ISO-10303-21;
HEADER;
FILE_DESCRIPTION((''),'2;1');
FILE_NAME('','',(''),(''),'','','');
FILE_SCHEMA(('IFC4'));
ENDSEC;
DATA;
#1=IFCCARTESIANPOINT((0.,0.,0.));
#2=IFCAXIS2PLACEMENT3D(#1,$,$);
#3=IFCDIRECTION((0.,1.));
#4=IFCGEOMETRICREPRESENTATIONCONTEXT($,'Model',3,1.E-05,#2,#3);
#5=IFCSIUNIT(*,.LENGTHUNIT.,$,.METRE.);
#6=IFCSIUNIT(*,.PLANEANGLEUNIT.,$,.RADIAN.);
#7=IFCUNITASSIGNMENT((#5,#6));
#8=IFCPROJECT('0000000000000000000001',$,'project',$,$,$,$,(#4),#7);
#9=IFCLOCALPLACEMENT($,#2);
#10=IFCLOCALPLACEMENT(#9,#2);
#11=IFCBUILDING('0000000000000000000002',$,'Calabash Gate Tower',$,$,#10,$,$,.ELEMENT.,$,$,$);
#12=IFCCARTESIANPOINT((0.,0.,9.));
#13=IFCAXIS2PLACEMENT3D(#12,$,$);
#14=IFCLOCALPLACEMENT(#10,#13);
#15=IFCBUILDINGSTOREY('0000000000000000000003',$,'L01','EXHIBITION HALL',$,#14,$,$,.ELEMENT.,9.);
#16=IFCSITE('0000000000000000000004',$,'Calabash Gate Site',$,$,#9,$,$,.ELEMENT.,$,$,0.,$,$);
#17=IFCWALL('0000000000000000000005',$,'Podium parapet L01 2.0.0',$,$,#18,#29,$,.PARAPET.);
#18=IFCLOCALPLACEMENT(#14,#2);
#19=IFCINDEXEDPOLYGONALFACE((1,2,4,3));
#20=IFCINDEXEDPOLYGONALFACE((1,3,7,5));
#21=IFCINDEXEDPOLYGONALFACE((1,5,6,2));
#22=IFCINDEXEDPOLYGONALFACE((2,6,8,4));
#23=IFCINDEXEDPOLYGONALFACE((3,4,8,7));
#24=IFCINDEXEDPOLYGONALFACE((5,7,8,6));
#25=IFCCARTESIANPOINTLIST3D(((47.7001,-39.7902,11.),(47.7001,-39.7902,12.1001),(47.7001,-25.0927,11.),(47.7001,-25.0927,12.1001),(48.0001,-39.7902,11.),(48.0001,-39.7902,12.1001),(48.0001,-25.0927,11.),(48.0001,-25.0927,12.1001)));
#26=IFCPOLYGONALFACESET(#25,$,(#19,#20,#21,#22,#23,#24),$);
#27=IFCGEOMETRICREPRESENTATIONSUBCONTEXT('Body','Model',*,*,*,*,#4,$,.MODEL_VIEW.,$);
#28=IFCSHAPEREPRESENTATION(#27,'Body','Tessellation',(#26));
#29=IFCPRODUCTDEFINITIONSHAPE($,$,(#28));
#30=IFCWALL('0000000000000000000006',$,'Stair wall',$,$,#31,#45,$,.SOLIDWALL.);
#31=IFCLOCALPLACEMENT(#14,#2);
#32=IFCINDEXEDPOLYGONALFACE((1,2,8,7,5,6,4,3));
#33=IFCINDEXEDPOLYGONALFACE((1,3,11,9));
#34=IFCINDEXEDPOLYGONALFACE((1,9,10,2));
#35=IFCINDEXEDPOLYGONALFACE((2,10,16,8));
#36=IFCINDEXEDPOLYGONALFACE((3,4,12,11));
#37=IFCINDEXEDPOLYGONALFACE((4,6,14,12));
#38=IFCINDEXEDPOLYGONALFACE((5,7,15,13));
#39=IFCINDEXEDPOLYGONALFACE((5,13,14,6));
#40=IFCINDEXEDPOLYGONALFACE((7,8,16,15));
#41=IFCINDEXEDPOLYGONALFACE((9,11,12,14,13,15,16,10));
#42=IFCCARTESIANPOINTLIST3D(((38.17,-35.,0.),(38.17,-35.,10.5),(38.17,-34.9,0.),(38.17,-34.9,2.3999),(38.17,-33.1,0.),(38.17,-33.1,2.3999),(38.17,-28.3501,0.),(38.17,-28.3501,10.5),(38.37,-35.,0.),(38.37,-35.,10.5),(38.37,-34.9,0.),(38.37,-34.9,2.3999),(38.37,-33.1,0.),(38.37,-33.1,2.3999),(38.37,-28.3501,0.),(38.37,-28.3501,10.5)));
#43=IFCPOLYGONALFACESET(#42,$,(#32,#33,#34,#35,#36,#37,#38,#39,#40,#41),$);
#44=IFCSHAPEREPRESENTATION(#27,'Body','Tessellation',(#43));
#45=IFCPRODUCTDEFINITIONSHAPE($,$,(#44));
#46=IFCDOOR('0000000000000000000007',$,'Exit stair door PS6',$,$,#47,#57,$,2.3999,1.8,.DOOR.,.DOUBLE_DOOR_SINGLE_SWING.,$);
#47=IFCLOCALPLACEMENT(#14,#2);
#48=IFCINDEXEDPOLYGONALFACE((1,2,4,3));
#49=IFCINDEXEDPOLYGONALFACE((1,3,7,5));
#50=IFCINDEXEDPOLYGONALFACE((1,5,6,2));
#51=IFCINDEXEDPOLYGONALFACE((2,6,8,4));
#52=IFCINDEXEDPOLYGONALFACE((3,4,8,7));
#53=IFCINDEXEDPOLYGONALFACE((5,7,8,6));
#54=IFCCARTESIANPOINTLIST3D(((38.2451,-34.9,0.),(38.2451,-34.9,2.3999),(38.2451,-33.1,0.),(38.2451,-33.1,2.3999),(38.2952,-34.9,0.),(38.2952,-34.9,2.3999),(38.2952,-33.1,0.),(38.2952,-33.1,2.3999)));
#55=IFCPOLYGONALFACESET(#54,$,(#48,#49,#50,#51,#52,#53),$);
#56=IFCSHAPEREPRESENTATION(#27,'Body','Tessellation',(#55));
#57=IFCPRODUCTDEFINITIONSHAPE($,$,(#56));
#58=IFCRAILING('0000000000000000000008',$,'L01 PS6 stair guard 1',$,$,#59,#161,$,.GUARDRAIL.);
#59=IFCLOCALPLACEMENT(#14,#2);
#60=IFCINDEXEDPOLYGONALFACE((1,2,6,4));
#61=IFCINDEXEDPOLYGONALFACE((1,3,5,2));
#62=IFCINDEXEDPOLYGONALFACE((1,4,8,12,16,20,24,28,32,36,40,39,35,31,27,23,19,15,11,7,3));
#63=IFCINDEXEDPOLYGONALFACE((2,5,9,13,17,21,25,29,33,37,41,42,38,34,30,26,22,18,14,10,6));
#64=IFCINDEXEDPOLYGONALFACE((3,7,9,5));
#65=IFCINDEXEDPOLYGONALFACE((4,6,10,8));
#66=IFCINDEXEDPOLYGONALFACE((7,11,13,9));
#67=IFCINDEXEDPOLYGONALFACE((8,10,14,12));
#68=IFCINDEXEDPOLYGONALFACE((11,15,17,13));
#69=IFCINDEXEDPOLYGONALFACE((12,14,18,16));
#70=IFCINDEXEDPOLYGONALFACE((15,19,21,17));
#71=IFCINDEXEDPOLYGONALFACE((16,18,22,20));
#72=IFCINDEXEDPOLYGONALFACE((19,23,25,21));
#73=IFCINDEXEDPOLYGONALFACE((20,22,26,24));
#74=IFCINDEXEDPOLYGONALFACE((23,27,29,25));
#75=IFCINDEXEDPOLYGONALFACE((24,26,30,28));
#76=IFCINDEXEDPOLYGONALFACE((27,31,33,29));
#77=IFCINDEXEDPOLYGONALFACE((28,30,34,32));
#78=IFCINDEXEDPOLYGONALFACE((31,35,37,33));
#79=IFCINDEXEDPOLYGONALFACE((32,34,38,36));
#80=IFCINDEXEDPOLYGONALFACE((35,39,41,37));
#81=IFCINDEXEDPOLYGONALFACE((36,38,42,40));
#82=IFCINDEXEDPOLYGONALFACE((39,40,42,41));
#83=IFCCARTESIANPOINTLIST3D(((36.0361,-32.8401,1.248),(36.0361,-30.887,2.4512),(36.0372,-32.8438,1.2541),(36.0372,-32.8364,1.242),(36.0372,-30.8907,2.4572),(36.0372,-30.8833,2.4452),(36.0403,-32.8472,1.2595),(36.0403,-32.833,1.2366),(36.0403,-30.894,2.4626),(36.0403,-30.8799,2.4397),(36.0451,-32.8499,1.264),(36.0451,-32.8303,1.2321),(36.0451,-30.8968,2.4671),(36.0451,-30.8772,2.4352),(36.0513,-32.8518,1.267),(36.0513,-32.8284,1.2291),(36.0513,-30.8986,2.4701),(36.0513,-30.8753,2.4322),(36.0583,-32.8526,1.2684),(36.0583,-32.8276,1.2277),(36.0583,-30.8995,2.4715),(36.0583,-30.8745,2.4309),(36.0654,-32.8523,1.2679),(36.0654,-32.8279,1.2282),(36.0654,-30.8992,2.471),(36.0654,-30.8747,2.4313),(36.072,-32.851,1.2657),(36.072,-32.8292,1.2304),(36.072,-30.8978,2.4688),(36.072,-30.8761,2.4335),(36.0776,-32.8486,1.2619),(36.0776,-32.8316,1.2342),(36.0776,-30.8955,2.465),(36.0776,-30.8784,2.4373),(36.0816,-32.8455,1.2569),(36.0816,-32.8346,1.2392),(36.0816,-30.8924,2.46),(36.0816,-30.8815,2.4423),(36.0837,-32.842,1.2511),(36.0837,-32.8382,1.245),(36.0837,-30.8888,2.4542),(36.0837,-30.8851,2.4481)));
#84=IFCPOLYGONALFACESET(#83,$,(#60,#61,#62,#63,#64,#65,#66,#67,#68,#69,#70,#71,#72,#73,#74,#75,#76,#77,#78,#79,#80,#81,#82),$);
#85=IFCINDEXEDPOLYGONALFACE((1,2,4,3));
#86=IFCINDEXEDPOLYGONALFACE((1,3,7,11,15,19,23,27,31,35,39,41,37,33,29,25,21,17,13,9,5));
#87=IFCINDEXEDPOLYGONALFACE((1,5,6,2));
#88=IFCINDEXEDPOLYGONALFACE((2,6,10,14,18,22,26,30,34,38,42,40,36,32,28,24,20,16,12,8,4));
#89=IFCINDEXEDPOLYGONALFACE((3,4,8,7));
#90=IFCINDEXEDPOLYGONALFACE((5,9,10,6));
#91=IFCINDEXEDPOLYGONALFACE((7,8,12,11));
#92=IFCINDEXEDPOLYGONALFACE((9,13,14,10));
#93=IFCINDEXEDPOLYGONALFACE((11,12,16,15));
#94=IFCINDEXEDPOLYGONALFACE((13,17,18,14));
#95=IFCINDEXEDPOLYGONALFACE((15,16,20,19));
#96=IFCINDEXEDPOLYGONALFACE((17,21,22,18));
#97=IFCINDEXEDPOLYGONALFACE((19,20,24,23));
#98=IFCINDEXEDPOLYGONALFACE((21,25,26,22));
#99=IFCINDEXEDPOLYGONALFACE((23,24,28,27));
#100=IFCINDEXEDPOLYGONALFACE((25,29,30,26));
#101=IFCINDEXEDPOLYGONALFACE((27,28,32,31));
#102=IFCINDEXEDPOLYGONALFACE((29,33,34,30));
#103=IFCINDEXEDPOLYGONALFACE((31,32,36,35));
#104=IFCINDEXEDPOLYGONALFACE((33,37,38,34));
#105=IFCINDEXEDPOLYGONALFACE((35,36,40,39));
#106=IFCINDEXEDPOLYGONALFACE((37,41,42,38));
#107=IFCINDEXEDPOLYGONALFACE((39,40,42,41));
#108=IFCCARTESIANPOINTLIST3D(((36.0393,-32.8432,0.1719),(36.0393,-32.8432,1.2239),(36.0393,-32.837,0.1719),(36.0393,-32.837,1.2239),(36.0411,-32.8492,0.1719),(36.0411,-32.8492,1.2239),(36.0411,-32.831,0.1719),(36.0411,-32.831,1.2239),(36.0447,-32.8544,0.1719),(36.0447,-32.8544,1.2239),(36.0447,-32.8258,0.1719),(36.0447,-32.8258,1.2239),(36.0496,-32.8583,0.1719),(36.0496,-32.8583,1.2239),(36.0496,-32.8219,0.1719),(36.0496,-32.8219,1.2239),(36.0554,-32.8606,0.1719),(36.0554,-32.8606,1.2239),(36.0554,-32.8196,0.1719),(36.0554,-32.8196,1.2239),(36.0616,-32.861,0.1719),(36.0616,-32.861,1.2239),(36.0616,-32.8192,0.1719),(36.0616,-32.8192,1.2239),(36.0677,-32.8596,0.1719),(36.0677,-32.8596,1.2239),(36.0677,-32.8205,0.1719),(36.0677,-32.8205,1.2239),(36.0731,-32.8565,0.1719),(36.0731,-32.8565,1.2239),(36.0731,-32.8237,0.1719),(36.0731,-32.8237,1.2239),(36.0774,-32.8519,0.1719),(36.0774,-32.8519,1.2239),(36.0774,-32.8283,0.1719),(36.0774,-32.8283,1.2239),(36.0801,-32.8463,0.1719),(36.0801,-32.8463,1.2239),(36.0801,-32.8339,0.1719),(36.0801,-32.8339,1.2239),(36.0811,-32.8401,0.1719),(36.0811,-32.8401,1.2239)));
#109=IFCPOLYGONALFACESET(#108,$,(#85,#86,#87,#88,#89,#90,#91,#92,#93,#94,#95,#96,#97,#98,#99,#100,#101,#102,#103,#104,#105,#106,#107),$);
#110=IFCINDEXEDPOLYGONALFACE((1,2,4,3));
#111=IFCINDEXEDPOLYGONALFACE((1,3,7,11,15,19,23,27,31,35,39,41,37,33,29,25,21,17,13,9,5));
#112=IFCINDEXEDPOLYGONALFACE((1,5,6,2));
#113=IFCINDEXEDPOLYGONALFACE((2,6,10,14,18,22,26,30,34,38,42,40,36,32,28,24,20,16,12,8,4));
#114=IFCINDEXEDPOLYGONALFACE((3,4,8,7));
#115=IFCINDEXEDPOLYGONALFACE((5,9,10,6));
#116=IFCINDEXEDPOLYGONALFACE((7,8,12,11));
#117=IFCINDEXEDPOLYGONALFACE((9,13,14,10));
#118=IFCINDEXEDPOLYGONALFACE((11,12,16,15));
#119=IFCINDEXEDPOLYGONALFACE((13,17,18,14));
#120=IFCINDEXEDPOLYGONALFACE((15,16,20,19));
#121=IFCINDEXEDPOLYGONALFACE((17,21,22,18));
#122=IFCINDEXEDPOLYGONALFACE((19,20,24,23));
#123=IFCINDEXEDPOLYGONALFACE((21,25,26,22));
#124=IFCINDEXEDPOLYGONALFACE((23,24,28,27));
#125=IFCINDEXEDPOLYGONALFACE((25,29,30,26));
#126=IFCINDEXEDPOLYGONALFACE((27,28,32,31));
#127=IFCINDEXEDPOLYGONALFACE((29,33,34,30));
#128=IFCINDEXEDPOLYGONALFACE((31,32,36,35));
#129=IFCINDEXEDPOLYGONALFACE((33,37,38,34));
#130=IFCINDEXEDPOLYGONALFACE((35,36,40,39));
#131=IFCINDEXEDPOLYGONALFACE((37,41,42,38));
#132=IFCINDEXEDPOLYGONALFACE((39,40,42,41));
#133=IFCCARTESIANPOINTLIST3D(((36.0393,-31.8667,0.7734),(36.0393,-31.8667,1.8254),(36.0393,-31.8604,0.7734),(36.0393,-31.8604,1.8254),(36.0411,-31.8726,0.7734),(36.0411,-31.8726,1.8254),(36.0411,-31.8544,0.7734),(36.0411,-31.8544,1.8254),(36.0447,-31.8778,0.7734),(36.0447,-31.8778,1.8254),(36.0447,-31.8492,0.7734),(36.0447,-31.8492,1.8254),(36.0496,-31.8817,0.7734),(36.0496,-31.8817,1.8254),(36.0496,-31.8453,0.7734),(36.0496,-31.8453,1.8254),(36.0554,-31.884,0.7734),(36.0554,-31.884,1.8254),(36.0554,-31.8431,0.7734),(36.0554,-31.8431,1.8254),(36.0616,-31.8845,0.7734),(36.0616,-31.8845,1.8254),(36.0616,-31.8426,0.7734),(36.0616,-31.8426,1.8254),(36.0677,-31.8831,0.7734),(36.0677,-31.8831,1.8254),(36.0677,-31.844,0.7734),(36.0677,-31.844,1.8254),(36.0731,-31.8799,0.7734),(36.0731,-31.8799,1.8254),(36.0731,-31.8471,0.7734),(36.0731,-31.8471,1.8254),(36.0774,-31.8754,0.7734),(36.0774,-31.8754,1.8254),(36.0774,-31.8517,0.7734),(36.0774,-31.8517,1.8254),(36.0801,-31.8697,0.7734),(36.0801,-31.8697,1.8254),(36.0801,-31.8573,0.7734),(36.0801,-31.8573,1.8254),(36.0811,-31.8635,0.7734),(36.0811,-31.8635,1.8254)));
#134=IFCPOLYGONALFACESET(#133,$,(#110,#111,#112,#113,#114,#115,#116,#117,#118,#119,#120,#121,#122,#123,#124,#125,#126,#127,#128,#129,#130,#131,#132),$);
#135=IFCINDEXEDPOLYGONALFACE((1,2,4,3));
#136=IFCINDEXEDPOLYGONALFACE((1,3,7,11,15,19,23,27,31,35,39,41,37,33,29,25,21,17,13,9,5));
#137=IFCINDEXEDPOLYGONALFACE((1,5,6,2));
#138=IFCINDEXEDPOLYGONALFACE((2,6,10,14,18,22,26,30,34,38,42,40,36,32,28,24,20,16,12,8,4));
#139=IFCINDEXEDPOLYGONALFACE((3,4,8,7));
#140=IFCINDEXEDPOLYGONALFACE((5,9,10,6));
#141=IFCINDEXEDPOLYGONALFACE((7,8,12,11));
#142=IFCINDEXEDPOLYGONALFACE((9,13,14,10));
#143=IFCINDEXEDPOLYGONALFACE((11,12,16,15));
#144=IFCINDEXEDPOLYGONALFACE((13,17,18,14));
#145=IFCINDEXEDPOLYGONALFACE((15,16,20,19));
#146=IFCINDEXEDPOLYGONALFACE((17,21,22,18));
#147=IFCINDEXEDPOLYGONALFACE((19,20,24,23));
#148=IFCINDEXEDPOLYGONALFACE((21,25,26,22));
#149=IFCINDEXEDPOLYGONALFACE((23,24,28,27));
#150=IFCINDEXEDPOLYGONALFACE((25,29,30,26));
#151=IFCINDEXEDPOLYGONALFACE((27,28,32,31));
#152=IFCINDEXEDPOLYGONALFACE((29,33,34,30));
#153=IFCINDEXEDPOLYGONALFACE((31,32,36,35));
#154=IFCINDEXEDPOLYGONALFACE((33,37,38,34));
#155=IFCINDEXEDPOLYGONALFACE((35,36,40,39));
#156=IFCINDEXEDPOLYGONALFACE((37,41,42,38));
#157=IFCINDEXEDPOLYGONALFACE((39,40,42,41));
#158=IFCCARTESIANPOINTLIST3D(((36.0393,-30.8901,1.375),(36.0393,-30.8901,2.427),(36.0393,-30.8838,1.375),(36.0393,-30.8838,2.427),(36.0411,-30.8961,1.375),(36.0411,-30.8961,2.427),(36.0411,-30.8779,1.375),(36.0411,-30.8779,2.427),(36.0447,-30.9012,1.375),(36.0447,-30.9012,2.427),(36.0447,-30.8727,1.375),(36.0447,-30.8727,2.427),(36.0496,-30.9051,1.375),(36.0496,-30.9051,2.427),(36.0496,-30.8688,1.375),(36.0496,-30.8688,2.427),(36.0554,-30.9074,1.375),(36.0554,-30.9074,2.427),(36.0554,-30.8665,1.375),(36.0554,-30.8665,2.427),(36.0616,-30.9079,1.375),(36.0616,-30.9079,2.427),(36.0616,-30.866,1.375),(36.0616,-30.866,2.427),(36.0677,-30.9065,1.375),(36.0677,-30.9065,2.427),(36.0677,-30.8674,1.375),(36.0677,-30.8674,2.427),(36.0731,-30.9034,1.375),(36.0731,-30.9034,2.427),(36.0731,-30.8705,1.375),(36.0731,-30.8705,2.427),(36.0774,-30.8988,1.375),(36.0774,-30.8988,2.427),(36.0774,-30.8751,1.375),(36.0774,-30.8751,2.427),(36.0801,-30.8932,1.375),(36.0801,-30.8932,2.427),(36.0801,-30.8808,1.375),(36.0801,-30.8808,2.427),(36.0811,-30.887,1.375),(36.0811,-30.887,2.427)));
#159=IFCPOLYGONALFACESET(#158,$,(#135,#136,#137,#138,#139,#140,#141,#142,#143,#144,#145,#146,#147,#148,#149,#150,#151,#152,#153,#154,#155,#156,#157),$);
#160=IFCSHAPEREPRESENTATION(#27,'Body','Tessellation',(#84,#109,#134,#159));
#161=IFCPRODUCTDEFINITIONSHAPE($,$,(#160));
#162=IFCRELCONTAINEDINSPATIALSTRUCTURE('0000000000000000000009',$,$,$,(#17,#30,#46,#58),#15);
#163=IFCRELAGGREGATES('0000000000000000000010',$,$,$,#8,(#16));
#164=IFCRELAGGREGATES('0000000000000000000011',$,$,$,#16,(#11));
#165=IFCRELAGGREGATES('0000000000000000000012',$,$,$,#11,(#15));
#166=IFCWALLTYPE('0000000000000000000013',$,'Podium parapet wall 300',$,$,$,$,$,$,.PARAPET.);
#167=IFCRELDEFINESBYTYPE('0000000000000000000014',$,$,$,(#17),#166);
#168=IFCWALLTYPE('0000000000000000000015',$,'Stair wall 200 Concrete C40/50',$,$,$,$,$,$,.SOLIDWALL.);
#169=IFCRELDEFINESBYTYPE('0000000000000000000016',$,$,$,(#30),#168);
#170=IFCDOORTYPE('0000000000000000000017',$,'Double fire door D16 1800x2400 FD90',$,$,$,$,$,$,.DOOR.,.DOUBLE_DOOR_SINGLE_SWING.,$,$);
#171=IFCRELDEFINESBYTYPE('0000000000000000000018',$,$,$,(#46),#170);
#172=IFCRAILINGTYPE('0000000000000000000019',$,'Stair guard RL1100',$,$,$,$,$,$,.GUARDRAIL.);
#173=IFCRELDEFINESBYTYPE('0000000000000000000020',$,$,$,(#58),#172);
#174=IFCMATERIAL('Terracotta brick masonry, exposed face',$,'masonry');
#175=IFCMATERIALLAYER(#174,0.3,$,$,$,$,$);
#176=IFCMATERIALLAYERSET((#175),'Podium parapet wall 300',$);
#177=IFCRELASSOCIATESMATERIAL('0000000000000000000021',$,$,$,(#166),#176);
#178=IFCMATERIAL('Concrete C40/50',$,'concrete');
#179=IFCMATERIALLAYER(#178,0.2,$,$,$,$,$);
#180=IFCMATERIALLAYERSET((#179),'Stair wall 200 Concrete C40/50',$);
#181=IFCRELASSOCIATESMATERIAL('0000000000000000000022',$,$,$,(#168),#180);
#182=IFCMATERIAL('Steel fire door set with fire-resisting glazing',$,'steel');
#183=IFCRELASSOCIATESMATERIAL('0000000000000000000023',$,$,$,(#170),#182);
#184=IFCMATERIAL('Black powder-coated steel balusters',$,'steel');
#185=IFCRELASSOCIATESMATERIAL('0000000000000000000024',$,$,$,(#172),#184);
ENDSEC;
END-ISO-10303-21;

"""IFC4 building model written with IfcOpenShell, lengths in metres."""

from ifc_helpers import new_model, si_unit, direction, frame, frame_2d, origin, origin_2d, place, context, subcontext, project, spatial, rectangle, circle, extrude, material, layer, layer_set, type_object, element, fill, save


model = new_model("IFC4")

# Units and contexts
model_context = context("Model", 3, precision=1e-05, world=origin(), true_north=direction((0.0, 1.0)))
body_context = subcontext(model_context, "Body", "Model", "MODEL_VIEW")
ifc_project = project(units=[si_unit("LENGTHUNIT", "METRE"), si_unit("PLANEANGLEUNIT", "RADIAN")], contexts=[model_context])

# Site, building, storey
site_placement = place(None, origin())
site = spatial("IfcSite", under=ifc_project, at=site_placement, Name="Calabash Gate Site", CompositionType="ELEMENT", RefElevation=0.0)
building_placement = place(site_placement, origin())
building = spatial("IfcBuilding", under=site, at=building_placement, Name="Calabash Gate Tower", CompositionType="ELEMENT")
storey_placement = place(building_placement, frame((0.0, 0.0, 9.0)))
storey = spatial("IfcBuildingStorey", under=building, at=storey_placement, Name="L01", Description="EXHIBITION HALL", CompositionType="ELEMENT", Elevation=9.0)

# Wall
ifc_material_1 = material(Name="Terracotta brick masonry, exposed face", Category="masonry")
ifc_layer_1 = layer(ifc_material_1, 0.3)
ifc_layer_set_1 = layer_set([ifc_layer_1], Name="Podium parapet wall 300")
wall_type_1 = type_object("IfcWallType", Name="Podium parapet wall 300", PredefinedType="PARAPET", material=ifc_layer_set_1)
wall_1_placement = place(storey_placement, frame((47.8501, -39.79, 11.0), z_axis=(0.0, 0.0, 1.0), x_axis=(0.0, 1.0, 0.0)))
element("IfcWall", 1, at=wall_1_placement, inside=storey, type_object=wall_type_1, Name="Podium parapet L01 2.0.0", PredefinedType="PARAPET", context=body_context, shape_type="SweptSolid", body=[
    extrude(rectangle(XDim=14.6975, YDim=0.3, at=frame_2d((7.3486, 0.0))), origin(), (0.0, 0.0, 1.0), 1.1001),
])

# Wall, opening, door
ifc_material_2 = material(Name="Concrete C40/50", Category="concrete")
ifc_layer_2 = layer(ifc_material_2, 0.2)
ifc_layer_set_2 = layer_set([ifc_layer_2], Name="Stair wall 200 Concrete C40/50")
wall_type_2 = type_object("IfcWallType", Name="Stair wall 200 Concrete C40/50", PredefinedType="SOLIDWALL", material=ifc_layer_set_2)
wall_2_placement = place(storey_placement, frame((38.27, -35.0, 0.0), z_axis=(0.0, 0.0, 1.0), x_axis=(0.0, 1.0, 0.0)))
wall_2 = element("IfcWall", 2, at=wall_2_placement, inside=storey, type_object=wall_type_2, Name="Stair wall", PredefinedType="SOLIDWALL", context=body_context, shape_type="SweptSolid", body=[
    extrude(rectangle(XDim=6.6499, YDim=0.2, at=frame_2d((3.325, 0.0))), origin(), (0.0, 0.0, 1.0), 10.5),
])
opening_placement = place(wall_2_placement, frame((0.1001, 0.0, 0.0)))
opening = element("IfcOpeningElement", 3, at=opening_placement, cuts=wall_2, PredefinedType="OPENING", context=body_context, shape_type="SweptSolid", body=[
    extrude(rectangle(XDim=1.8, YDim=2.3999, at=frame_2d((0.8999, 1.2))), frame((0.0, 0.1099, 0.0), z_axis=(0.0, -1.0, 0.0), x_axis=(1.0, 0.0, 0.0)), (0.0, 0.0, 1.0), 0.22),
])
ifc_material_3 = material(Name="Steel fire door set with fire-resisting glazing", Category="steel")
door_type = type_object("IfcDoorType", Name="Double fire door D16 1800x2400 FD90", OperationType="DOUBLE_DOOR_SINGLE_SWING", PredefinedType="DOOR", material=ifc_material_3)
door_placement = place(opening_placement, origin())
door = element("IfcDoor", 4, at=door_placement, inside=storey, type_object=door_type, Name="Exit stair door PS6", OperationType="DOUBLE_DOOR_SINGLE_SWING", OverallHeight=2.3999, OverallWidth=1.8, PredefinedType="DOOR", context=body_context, shape_type="SweptSolid", body=[
    extrude(rectangle(XDim=1.8, YDim=2.3999, at=frame_2d((0.8999, 1.2))), frame((0.0, 0.0249, 0.0), z_axis=(0.0, -1.0, 0.0), x_axis=(1.0, 0.0, 0.0)), (0.0, 0.0, 1.0), 0.05),
])
fill(opening, door)

# Railing
ifc_material_4 = material(Name="Black powder-coated steel balusters", Category="steel")
railing_type_1 = type_object("IfcRailingType", Name="Stair guard RL1100", PredefinedType="GUARDRAIL", material=ifc_material_4)
for number, where, name in (
    (5, (36.0601, -32.8401, 0.1719), "L01 PS6 stair guard 1"),
):
    element("IfcRailing", number, at=place(storey_placement, frame(where)), inside=storey, type_object=railing_type_1, Name=name, PredefinedType="GUARDRAIL", context=body_context, shape_type="SweptSolid", body=[
        extrude(circle(Radius=0.0239, at=origin_2d()), frame((0.0, 0.0, 1.0762), z_axis=(0.0, 0.851424, 0.524477), x_axis=(-1.0, 0.0, 0.0)), (0.0, 0.0, 1.0), 2.2939),
        extrude(circle(Radius=0.021, at=origin_2d()), origin(), (0.0, 0.0, 1.0), 1.052),
        extrude(circle(Radius=0.021, at=origin_2d()), frame((0.0, 0.9766, 0.6016)), (0.0, 0.0, 1.0), 1.052),
        extrude(circle(Radius=0.021, at=origin_2d()), frame((0.0, 1.9531, 1.2031)), (0.0, 0.0, 1.0), 1.052),
    ])

save(model, "model.ifc")
